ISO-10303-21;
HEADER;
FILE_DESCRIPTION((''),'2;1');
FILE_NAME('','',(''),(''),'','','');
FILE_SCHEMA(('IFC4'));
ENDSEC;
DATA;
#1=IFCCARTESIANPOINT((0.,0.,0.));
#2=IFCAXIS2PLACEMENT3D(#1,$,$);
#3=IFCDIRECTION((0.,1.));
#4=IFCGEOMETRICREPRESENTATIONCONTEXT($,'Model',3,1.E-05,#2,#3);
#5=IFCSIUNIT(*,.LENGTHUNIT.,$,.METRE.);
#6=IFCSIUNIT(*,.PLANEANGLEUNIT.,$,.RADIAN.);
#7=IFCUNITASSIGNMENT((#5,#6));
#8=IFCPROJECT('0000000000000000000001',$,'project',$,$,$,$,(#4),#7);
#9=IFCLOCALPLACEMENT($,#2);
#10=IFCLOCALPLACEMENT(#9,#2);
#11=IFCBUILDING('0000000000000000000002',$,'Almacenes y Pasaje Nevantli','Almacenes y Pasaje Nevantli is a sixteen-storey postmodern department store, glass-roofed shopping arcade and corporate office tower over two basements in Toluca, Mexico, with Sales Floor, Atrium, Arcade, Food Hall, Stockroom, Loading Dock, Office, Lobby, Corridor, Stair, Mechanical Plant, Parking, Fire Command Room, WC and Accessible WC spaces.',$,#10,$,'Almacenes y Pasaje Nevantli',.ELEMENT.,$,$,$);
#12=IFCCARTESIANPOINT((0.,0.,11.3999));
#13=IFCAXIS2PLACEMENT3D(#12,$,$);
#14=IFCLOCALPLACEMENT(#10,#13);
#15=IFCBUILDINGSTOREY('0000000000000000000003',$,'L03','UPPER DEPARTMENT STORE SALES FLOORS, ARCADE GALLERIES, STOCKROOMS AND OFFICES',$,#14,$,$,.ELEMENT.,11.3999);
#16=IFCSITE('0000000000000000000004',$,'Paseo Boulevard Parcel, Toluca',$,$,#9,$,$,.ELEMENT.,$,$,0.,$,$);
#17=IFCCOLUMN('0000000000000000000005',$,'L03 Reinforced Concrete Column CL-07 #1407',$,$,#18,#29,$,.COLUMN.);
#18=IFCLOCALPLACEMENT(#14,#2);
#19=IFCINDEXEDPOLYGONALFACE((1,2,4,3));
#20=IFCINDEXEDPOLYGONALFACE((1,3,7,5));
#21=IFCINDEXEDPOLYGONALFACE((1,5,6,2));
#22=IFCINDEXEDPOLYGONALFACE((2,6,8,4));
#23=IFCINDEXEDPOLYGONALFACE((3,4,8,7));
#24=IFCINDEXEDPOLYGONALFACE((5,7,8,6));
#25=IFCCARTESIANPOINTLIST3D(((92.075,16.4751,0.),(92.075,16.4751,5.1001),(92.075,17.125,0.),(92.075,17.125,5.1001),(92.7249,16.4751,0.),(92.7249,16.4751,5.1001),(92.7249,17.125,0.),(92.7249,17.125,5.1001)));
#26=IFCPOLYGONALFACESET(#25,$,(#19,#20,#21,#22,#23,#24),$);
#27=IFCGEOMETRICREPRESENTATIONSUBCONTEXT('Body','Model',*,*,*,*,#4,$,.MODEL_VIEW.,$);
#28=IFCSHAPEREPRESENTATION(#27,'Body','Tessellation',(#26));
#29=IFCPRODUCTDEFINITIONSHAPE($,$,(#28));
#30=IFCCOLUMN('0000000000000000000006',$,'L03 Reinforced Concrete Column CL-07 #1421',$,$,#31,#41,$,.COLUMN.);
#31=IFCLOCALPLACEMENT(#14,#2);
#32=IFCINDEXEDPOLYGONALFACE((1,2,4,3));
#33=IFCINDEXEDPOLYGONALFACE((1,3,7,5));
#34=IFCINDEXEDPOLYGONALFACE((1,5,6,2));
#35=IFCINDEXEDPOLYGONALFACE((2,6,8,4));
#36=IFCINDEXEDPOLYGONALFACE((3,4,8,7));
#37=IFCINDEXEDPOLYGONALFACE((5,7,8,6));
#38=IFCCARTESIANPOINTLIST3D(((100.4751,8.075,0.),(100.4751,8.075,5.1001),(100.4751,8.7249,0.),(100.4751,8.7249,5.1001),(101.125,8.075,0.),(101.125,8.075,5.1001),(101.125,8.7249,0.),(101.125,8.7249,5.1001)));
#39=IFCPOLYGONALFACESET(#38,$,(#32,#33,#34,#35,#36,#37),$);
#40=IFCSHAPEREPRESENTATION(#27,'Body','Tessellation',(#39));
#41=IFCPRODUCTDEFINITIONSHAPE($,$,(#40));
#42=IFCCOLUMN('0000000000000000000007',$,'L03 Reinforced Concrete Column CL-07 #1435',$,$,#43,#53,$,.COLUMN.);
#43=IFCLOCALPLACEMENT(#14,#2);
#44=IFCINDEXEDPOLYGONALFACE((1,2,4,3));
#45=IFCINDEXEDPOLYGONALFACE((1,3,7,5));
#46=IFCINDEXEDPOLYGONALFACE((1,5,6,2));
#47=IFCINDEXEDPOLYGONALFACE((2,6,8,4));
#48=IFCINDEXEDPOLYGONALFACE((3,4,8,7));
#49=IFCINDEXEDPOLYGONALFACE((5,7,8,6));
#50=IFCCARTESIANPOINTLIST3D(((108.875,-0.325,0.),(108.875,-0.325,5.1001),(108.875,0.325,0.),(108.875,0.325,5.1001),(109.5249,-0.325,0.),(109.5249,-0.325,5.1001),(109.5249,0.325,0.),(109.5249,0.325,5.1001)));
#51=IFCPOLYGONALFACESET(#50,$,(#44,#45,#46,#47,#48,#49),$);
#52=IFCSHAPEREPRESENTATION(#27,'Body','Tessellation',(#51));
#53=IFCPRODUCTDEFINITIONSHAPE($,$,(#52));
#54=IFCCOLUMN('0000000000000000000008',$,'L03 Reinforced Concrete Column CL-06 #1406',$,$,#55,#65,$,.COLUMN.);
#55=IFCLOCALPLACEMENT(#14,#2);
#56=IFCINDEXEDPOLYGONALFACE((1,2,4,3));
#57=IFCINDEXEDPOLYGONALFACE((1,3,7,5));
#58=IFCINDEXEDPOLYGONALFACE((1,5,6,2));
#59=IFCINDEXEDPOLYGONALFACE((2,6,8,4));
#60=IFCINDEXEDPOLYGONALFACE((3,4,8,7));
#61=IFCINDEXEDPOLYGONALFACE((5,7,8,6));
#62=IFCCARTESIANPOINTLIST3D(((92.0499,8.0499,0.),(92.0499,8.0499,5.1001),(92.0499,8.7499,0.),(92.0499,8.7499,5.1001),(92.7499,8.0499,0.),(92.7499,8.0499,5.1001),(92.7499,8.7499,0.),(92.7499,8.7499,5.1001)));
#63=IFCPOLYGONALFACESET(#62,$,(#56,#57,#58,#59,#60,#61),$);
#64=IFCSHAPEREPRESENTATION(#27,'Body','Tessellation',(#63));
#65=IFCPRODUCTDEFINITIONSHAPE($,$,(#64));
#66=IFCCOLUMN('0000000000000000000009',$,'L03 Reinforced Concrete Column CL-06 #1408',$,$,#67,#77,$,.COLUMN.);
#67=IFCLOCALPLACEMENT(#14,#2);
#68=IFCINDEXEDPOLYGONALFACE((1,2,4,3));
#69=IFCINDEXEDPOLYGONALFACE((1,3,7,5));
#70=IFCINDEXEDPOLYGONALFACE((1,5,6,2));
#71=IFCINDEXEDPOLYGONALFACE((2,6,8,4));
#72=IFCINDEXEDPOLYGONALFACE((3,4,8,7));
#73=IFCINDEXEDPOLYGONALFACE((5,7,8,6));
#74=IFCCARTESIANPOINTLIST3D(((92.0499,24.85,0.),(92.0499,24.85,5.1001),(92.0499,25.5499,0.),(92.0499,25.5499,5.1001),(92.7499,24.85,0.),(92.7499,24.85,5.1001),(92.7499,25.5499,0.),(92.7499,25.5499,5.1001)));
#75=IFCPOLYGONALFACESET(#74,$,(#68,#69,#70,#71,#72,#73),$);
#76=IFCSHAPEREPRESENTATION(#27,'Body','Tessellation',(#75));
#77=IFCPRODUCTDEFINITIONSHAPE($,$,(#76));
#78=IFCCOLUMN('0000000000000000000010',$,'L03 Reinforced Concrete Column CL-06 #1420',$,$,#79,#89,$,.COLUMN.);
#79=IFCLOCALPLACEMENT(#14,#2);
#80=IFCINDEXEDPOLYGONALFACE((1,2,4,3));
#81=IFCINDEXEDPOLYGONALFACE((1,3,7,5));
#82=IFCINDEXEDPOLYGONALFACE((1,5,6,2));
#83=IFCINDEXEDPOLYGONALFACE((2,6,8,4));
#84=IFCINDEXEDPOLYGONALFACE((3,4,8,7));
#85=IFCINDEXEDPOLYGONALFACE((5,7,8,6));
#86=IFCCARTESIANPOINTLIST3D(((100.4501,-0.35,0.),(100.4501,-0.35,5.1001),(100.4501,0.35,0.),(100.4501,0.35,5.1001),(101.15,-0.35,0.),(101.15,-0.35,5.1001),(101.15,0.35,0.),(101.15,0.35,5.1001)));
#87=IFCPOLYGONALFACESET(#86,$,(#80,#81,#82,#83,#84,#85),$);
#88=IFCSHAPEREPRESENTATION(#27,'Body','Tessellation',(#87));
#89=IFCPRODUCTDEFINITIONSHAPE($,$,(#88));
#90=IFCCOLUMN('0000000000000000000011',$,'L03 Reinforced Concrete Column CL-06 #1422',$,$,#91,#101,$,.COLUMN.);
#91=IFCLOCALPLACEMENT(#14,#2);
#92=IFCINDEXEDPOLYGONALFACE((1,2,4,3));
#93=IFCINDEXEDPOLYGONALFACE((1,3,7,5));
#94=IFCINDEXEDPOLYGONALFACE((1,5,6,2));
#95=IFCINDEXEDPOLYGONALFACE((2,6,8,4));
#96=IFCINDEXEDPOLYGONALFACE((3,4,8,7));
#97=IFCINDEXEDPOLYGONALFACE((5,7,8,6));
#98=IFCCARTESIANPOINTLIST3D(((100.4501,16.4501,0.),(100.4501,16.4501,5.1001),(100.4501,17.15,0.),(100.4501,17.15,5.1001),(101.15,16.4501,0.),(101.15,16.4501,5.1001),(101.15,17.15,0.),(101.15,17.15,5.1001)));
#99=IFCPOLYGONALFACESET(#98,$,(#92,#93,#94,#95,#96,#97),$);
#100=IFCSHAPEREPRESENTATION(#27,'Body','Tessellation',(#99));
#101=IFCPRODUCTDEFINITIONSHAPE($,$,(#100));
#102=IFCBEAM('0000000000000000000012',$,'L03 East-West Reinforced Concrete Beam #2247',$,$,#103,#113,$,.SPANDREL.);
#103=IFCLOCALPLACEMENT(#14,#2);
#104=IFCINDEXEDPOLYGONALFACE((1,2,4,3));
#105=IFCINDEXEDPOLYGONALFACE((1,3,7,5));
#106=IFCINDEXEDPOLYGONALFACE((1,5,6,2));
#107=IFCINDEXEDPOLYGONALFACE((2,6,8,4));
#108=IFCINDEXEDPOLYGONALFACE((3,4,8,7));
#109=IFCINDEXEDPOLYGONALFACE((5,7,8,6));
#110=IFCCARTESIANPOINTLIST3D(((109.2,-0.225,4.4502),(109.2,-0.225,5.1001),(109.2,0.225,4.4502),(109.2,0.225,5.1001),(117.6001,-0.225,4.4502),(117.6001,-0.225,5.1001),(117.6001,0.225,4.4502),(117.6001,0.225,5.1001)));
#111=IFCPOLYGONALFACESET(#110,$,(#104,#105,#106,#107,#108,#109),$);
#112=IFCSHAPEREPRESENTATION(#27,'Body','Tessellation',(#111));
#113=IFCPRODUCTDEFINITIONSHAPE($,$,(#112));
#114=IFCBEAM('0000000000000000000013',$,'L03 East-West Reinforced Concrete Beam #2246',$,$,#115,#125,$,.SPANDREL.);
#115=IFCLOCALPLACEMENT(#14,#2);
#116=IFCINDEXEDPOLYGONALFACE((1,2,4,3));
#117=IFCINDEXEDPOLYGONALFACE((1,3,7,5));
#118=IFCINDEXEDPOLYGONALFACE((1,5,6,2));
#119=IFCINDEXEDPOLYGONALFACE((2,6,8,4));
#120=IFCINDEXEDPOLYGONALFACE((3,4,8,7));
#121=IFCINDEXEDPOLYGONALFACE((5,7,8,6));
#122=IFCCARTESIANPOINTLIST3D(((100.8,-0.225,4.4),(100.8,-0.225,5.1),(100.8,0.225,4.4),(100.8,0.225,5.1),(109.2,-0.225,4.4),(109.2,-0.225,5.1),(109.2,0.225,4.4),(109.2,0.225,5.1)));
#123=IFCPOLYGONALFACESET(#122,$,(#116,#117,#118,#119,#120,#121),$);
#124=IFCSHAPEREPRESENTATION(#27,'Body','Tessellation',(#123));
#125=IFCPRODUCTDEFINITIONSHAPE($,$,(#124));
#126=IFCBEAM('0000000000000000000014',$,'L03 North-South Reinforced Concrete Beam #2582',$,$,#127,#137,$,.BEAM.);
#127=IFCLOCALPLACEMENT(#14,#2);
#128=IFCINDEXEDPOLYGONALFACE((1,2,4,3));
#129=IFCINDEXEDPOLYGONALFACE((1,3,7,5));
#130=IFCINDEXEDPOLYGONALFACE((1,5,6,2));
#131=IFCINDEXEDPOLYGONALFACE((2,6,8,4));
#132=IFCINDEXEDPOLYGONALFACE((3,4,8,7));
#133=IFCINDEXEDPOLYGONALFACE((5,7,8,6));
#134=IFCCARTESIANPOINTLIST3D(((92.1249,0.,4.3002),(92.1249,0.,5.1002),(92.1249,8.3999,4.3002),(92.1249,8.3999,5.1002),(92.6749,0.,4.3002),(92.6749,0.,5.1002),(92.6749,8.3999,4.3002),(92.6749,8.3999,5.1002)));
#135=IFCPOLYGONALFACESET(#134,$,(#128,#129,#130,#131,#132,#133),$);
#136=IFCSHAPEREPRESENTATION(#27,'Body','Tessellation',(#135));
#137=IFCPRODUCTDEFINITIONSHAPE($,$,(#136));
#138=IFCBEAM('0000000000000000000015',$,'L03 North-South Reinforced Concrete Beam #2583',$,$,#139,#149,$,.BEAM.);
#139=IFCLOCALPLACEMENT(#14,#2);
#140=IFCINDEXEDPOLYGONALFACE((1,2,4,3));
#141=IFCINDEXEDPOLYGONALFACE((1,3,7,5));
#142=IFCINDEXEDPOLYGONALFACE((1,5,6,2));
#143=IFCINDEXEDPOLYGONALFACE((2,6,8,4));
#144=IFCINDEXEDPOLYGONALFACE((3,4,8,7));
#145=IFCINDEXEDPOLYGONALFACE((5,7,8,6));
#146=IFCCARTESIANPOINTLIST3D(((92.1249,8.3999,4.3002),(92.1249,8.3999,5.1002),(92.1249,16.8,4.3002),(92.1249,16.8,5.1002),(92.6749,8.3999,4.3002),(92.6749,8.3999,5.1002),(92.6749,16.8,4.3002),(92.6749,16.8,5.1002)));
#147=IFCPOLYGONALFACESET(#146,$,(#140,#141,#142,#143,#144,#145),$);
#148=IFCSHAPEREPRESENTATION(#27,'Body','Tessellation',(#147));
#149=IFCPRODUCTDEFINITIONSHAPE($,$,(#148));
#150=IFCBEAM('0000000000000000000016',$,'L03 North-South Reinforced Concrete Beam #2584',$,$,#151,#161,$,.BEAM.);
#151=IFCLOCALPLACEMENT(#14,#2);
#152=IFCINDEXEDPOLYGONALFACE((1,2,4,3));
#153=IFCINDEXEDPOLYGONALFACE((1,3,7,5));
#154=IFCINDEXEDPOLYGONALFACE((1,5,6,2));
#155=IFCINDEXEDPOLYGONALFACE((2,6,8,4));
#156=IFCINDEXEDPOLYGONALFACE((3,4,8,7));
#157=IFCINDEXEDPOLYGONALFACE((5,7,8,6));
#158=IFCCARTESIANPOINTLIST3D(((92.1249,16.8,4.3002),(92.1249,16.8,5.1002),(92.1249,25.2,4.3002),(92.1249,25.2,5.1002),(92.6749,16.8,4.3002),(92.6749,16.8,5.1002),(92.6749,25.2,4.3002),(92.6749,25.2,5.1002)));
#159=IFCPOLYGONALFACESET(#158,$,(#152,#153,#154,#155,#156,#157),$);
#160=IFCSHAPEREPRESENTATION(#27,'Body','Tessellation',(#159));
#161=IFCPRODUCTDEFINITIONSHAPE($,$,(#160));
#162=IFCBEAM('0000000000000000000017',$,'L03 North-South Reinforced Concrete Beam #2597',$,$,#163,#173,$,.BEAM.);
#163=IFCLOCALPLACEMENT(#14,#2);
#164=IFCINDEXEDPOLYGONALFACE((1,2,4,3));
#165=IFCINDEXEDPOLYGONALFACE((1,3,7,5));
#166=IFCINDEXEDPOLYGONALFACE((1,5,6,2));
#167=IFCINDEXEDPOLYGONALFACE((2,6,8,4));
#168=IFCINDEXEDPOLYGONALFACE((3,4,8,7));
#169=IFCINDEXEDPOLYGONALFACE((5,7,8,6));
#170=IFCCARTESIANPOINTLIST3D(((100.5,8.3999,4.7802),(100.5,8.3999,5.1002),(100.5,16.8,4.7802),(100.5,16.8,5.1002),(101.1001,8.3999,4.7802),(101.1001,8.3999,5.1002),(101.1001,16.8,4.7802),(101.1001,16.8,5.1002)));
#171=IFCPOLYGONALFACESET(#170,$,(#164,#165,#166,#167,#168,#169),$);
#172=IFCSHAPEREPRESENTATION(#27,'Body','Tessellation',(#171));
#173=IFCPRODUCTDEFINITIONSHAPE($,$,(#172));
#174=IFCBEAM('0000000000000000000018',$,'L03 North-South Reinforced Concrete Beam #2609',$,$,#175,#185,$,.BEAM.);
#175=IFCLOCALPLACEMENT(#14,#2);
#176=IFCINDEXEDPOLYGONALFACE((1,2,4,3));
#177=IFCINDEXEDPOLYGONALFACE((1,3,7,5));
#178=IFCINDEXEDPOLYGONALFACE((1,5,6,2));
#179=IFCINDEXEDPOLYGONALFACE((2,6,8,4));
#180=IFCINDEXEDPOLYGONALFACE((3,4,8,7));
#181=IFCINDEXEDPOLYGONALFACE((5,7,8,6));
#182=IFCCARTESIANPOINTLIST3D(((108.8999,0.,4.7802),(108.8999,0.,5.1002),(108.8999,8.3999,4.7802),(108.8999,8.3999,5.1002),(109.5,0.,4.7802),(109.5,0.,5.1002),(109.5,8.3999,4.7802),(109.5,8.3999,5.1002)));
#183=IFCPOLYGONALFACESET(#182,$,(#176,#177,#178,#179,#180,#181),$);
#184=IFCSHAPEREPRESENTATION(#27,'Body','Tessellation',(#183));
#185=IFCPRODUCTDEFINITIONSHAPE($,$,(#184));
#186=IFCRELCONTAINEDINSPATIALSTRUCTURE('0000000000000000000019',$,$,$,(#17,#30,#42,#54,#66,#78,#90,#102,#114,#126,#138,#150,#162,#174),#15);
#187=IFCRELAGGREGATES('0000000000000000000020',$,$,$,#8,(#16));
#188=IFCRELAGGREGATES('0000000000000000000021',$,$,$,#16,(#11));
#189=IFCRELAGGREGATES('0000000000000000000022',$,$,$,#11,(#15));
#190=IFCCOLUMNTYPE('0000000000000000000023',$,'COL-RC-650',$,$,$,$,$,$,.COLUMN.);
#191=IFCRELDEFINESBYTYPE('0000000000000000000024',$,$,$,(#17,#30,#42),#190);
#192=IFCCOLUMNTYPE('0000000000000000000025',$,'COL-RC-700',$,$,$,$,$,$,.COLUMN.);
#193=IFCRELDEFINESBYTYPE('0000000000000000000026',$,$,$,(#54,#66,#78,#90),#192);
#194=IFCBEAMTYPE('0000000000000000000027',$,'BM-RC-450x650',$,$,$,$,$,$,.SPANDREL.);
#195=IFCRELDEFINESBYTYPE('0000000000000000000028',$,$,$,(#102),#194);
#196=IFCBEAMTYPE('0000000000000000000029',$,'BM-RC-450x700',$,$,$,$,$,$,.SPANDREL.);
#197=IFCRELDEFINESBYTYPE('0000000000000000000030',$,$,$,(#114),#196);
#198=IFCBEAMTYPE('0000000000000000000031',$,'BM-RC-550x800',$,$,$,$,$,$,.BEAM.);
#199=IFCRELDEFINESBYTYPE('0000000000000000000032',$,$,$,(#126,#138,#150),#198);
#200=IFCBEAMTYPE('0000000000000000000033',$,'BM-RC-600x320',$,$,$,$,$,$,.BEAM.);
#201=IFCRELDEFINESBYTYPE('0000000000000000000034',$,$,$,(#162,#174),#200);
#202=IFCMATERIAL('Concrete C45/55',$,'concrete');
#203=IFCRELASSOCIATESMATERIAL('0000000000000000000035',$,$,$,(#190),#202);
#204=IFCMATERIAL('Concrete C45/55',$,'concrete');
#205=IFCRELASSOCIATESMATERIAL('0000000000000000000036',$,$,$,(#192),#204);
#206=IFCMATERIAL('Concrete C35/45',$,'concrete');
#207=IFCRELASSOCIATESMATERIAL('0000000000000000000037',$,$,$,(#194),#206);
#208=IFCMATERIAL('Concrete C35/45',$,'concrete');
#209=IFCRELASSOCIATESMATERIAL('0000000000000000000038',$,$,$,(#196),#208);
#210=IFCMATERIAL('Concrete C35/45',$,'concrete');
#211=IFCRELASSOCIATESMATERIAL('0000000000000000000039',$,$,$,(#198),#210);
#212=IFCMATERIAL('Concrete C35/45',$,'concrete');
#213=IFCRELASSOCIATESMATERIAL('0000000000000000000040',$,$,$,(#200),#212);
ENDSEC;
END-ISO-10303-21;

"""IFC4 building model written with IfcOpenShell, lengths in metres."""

from ifc_helpers import new_model, si_unit, direction, frame, origin, origin_2d, place, context, subcontext, project, spatial, rectangle, extrude, material, material_profile, profile_set, type_object, element, save


model = new_model("IFC4")

# Units and contexts
model_context = context("Model", 3, precision=1e-05, world=origin(), true_north=direction((0.0, 1.0)))
body_context = subcontext(model_context, "Body", "Model", "MODEL_VIEW")
ifc_project = project(units=[si_unit("LENGTHUNIT", "METRE"), si_unit("PLANEANGLEUNIT", "RADIAN")], contexts=[model_context])

# Site, building, storey
site_placement = place(None, origin())
site = spatial("IfcSite", under=ifc_project, at=site_placement, Name="Paseo Boulevard Parcel, Toluca", CompositionType="ELEMENT", RefElevation=0.0)
building_placement = place(site_placement, origin())
building = spatial("IfcBuilding", under=site, at=building_placement, Name="Almacenes y Pasaje Nevantli", Description="Almacenes y Pasaje Nevantli is a sixteen-storey postmodern department store, glass-roofed shopping arcade and corporate office tower over two basements in Toluca, Mexico, with Sales Floor, Atrium, Arcade, Food Hall, Stockroom, Loading Dock, Office, Lobby, Corridor, Stair, Mechanical Plant, Parking, Fire Command Room, WC and Accessible WC spaces.", LongName="Almacenes y Pasaje Nevantli", CompositionType="ELEMENT")
storey_placement = place(building_placement, frame((0.0, 0.0, 11.3999)))
storey = spatial("IfcBuildingStorey", under=building, at=storey_placement, Name="L03", Description="UPPER DEPARTMENT STORE SALES FLOORS, ARCADE GALLERIES, STOCKROOMS AND OFFICES", CompositionType="ELEMENT", Elevation=11.3999)

# Columns
ifc_material_1 = material(Name="Concrete C45/55", Category="concrete")
ifc_material_profile_1 = material_profile(ifc_material_1, rectangle(XDim=0.6499, YDim=0.6499, at=origin_2d()), Name="RC-COL-650x650")
ifc_profile_set_1 = profile_set([ifc_material_profile_1], Name="Concrete C45/55")
column_type_1 = type_object("IfcColumnType", Name="COL-RC-650", PredefinedType="COLUMN", material=ifc_profile_set_1)
for number, where, z_axis, x_axis, name in (
    (1, (92.3999, 16.8, 0.0), (0.0, 0.0, 1.0), (1.0, 0.0, 0.0), "L03 Reinforced Concrete Column CL-07 #1407"),
    (2, (100.8, 8.3999, 0.0), (0.0, 0.0, 1.0), (1.0, 0.0, 0.0), "L03 Reinforced Concrete Column CL-07 #1421"),
    (3, (109.2, 0.0, 0.0), (0.0, 0.0, 1.0), (1.0, 0.0, 0.0), "L03 Reinforced Concrete Column CL-07 #1435"),
):
    element("IfcColumn", number, at=place(storey_placement, frame(where, z_axis=z_axis, x_axis=x_axis)), inside=storey, type_object=column_type_1, Name=name, PredefinedType="COLUMN", context=body_context, shape_type="SweptSolid", body=[
        extrude(rectangle(XDim=0.6499, YDim=0.6499, at=origin_2d()), origin(), (0.0, 0.0, 1.0), 5.1001),
    ])
ifc_material_2 = material(Name="Concrete C45/55", Category="concrete")
ifc_material_profile_2 = material_profile(ifc_material_2, rectangle(XDim=0.7, YDim=0.7, at=origin_2d()), Name="RC-COL-700x700")
ifc_profile_set_2 = profile_set([ifc_material_profile_2], Name="Concrete C45/55")
column_type_2 = type_object("IfcColumnType", Name="COL-RC-700", PredefinedType="COLUMN", material=ifc_profile_set_2)
for number, where, z_axis, x_axis, name in (
    (4, (92.3999, 8.3999, 0.0), (0.0, 0.0, 1.0), (1.0, 0.0, 0.0), "L03 Reinforced Concrete Column CL-06 #1406"),
    (5, (92.3999, 25.2, 0.0), (0.0, 0.0, 1.0), (1.0, 0.0, 0.0), "L03 Reinforced Concrete Column CL-06 #1408"),
    (6, (100.8, 0.0, 0.0), (0.0, 0.0, 1.0), (1.0, 0.0, 0.0), "L03 Reinforced Concrete Column CL-06 #1420"),
    (7, (100.8, 16.8, 0.0), (0.0, 0.0, 1.0), (1.0, 0.0, 0.0), "L03 Reinforced Concrete Column CL-06 #1422"),
):
    element("IfcColumn", number, at=place(storey_placement, frame(where, z_axis=z_axis, x_axis=x_axis)), inside=storey, type_object=column_type_2, Name=name, PredefinedType="COLUMN", context=body_context, shape_type="SweptSolid", body=[
        extrude(rectangle(XDim=0.7, YDim=0.7, at=origin_2d()), origin(), (0.0, 0.0, 1.0), 5.1001),
    ])

# Beams
ifc_material_3 = material(Name="Concrete C35/45", Category="concrete")
ifc_material_profile_3 = material_profile(ifc_material_3, rectangle(XDim=0.45, YDim=0.6499, at=origin_2d()), Name="RC-BM-450x650")
ifc_profile_set_3 = profile_set([ifc_material_profile_3], Name="Concrete C35/45")
beam_type_1 = type_object("IfcBeamType", Name="BM-RC-450x650", PredefinedType="SPANDREL", material=ifc_profile_set_3)
beam_1_placement = place(storey_placement, frame((109.2, 0.0, 4.7751), z_axis=(1.0, 0.0, 0.0), x_axis=(0.0, 1.0, 0.0)))
element("IfcBeam", 8, at=beam_1_placement, inside=storey, type_object=beam_type_1, Name="L03 East-West Reinforced Concrete Beam #2247", PredefinedType="SPANDREL", context=body_context, shape_type="SweptSolid", body=[
    extrude(rectangle(XDim=0.45, YDim=0.6499, at=origin_2d()), origin(), (0.0, 0.0, 1.0), 8.4001),
])
ifc_material_4 = material(Name="Concrete C35/45", Category="concrete")
ifc_material_profile_4 = material_profile(ifc_material_4, rectangle(XDim=0.45, YDim=0.7, at=origin_2d()), Name="RC-BM-450x700")
ifc_profile_set_4 = profile_set([ifc_material_profile_4], Name="Concrete C35/45")
beam_type_2 = type_object("IfcBeamType", Name="BM-RC-450x700", PredefinedType="SPANDREL", material=ifc_profile_set_4)
beam_2_placement = place(storey_placement, frame((100.8, 0.0, 4.75), z_axis=(1.0, 0.0, 0.0), x_axis=(0.0, 1.0, 0.0)))
element("IfcBeam", 9, at=beam_2_placement, inside=storey, type_object=beam_type_2, Name="L03 East-West Reinforced Concrete Beam #2246", PredefinedType="SPANDREL", context=body_context, shape_type="SweptSolid", body=[
    extrude(rectangle(XDim=0.45, YDim=0.7, at=origin_2d()), origin(), (0.0, 0.0, 1.0), 8.3999),
])
ifc_material_5 = material(Name="Concrete C35/45", Category="concrete")
ifc_material_profile_5 = material_profile(ifc_material_5, rectangle(XDim=0.55, YDim=0.8, at=origin_2d()), Name="RC-BM-550x800")
ifc_profile_set_5 = profile_set([ifc_material_profile_5], Name="Concrete C35/45")
beam_type_3 = type_object("IfcBeamType", Name="BM-RC-550x800", PredefinedType="BEAM", material=ifc_profile_set_5)
beam_3_placement = place(storey_placement, frame((92.3999, 0.0, 4.7002), z_axis=(0.0, 1.0, 0.0), x_axis=(-1.0, 0.0, 0.0)))
element("IfcBeam", 10, at=beam_3_placement, inside=storey, type_object=beam_type_3, Name="L03 North-South Reinforced Concrete Beam #2582", PredefinedType="BEAM", context=body_context, shape_type="SweptSolid", body=[
    extrude(rectangle(XDim=0.55, YDim=0.8, at=origin_2d()), origin(), (0.0, 0.0, 1.0), 8.3999),
])
beam_4_placement = place(storey_placement, frame((92.3999, 8.3999, 4.7002), z_axis=(0.0, 1.0, 0.0), x_axis=(-1.0, 0.0, 0.0)))
element("IfcBeam", 11, at=beam_4_placement, inside=storey, type_object=beam_type_3, Name="L03 North-South Reinforced Concrete Beam #2583", PredefinedType="BEAM", context=body_context, shape_type="SweptSolid", body=[
    extrude(rectangle(XDim=0.55, YDim=0.8, at=origin_2d()), origin(), (0.0, 0.0, 1.0), 8.4001),
])
beam_5_placement = place(storey_placement, frame((92.3999, 16.8, 4.7002), z_axis=(0.0, 1.0, 0.0), x_axis=(-1.0, 0.0, 0.0)))
element("IfcBeam", 12, at=beam_5_placement, inside=storey, type_object=beam_type_3, Name="L03 North-South Reinforced Concrete Beam #2584", PredefinedType="BEAM", context=body_context, shape_type="SweptSolid", body=[
    extrude(rectangle(XDim=0.55, YDim=0.8, at=origin_2d()), origin(), (0.0, 0.0, 1.0), 8.3999),
])
ifc_material_6 = material(Name="Concrete C35/45", Category="concrete")
ifc_material_profile_6 = material_profile(ifc_material_6, rectangle(XDim=0.6001, YDim=0.3201, at=origin_2d()), Name="RC-BM-600x320")
ifc_profile_set_6 = profile_set([ifc_material_profile_6], Name="Concrete C35/45")
beam_type_4 = type_object("IfcBeamType", Name="BM-RC-600x320", PredefinedType="BEAM", material=ifc_profile_set_6)
beam_6_placement = place(storey_placement, frame((100.8, 8.3999, 4.9402), z_axis=(0.0, 1.0, 0.0), x_axis=(-1.0, 0.0, 0.0)))
element("IfcBeam", 13, at=beam_6_placement, inside=storey, type_object=beam_type_4, Name="L03 North-South Reinforced Concrete Beam #2597", PredefinedType="BEAM", context=body_context, shape_type="SweptSolid", body=[
    extrude(rectangle(XDim=0.6001, YDim=0.3201, at=origin_2d()), origin(), (0.0, 0.0, 1.0), 8.4001),
])
beam_7_placement = place(storey_placement, frame((109.2, 0.0, 4.9402), z_axis=(0.0, 1.0, 0.0), x_axis=(-1.0, 0.0, 0.0)))
element("IfcBeam", 14, at=beam_7_placement, inside=storey, type_object=beam_type_4, Name="L03 North-South Reinforced Concrete Beam #2609", PredefinedType="BEAM", context=body_context, shape_type="SweptSolid", body=[
    extrude(rectangle(XDim=0.6001, YDim=0.3201, at=origin_2d()), origin(), (0.0, 0.0, 1.0), 8.3999),
])

save(model, "model.ifc")
